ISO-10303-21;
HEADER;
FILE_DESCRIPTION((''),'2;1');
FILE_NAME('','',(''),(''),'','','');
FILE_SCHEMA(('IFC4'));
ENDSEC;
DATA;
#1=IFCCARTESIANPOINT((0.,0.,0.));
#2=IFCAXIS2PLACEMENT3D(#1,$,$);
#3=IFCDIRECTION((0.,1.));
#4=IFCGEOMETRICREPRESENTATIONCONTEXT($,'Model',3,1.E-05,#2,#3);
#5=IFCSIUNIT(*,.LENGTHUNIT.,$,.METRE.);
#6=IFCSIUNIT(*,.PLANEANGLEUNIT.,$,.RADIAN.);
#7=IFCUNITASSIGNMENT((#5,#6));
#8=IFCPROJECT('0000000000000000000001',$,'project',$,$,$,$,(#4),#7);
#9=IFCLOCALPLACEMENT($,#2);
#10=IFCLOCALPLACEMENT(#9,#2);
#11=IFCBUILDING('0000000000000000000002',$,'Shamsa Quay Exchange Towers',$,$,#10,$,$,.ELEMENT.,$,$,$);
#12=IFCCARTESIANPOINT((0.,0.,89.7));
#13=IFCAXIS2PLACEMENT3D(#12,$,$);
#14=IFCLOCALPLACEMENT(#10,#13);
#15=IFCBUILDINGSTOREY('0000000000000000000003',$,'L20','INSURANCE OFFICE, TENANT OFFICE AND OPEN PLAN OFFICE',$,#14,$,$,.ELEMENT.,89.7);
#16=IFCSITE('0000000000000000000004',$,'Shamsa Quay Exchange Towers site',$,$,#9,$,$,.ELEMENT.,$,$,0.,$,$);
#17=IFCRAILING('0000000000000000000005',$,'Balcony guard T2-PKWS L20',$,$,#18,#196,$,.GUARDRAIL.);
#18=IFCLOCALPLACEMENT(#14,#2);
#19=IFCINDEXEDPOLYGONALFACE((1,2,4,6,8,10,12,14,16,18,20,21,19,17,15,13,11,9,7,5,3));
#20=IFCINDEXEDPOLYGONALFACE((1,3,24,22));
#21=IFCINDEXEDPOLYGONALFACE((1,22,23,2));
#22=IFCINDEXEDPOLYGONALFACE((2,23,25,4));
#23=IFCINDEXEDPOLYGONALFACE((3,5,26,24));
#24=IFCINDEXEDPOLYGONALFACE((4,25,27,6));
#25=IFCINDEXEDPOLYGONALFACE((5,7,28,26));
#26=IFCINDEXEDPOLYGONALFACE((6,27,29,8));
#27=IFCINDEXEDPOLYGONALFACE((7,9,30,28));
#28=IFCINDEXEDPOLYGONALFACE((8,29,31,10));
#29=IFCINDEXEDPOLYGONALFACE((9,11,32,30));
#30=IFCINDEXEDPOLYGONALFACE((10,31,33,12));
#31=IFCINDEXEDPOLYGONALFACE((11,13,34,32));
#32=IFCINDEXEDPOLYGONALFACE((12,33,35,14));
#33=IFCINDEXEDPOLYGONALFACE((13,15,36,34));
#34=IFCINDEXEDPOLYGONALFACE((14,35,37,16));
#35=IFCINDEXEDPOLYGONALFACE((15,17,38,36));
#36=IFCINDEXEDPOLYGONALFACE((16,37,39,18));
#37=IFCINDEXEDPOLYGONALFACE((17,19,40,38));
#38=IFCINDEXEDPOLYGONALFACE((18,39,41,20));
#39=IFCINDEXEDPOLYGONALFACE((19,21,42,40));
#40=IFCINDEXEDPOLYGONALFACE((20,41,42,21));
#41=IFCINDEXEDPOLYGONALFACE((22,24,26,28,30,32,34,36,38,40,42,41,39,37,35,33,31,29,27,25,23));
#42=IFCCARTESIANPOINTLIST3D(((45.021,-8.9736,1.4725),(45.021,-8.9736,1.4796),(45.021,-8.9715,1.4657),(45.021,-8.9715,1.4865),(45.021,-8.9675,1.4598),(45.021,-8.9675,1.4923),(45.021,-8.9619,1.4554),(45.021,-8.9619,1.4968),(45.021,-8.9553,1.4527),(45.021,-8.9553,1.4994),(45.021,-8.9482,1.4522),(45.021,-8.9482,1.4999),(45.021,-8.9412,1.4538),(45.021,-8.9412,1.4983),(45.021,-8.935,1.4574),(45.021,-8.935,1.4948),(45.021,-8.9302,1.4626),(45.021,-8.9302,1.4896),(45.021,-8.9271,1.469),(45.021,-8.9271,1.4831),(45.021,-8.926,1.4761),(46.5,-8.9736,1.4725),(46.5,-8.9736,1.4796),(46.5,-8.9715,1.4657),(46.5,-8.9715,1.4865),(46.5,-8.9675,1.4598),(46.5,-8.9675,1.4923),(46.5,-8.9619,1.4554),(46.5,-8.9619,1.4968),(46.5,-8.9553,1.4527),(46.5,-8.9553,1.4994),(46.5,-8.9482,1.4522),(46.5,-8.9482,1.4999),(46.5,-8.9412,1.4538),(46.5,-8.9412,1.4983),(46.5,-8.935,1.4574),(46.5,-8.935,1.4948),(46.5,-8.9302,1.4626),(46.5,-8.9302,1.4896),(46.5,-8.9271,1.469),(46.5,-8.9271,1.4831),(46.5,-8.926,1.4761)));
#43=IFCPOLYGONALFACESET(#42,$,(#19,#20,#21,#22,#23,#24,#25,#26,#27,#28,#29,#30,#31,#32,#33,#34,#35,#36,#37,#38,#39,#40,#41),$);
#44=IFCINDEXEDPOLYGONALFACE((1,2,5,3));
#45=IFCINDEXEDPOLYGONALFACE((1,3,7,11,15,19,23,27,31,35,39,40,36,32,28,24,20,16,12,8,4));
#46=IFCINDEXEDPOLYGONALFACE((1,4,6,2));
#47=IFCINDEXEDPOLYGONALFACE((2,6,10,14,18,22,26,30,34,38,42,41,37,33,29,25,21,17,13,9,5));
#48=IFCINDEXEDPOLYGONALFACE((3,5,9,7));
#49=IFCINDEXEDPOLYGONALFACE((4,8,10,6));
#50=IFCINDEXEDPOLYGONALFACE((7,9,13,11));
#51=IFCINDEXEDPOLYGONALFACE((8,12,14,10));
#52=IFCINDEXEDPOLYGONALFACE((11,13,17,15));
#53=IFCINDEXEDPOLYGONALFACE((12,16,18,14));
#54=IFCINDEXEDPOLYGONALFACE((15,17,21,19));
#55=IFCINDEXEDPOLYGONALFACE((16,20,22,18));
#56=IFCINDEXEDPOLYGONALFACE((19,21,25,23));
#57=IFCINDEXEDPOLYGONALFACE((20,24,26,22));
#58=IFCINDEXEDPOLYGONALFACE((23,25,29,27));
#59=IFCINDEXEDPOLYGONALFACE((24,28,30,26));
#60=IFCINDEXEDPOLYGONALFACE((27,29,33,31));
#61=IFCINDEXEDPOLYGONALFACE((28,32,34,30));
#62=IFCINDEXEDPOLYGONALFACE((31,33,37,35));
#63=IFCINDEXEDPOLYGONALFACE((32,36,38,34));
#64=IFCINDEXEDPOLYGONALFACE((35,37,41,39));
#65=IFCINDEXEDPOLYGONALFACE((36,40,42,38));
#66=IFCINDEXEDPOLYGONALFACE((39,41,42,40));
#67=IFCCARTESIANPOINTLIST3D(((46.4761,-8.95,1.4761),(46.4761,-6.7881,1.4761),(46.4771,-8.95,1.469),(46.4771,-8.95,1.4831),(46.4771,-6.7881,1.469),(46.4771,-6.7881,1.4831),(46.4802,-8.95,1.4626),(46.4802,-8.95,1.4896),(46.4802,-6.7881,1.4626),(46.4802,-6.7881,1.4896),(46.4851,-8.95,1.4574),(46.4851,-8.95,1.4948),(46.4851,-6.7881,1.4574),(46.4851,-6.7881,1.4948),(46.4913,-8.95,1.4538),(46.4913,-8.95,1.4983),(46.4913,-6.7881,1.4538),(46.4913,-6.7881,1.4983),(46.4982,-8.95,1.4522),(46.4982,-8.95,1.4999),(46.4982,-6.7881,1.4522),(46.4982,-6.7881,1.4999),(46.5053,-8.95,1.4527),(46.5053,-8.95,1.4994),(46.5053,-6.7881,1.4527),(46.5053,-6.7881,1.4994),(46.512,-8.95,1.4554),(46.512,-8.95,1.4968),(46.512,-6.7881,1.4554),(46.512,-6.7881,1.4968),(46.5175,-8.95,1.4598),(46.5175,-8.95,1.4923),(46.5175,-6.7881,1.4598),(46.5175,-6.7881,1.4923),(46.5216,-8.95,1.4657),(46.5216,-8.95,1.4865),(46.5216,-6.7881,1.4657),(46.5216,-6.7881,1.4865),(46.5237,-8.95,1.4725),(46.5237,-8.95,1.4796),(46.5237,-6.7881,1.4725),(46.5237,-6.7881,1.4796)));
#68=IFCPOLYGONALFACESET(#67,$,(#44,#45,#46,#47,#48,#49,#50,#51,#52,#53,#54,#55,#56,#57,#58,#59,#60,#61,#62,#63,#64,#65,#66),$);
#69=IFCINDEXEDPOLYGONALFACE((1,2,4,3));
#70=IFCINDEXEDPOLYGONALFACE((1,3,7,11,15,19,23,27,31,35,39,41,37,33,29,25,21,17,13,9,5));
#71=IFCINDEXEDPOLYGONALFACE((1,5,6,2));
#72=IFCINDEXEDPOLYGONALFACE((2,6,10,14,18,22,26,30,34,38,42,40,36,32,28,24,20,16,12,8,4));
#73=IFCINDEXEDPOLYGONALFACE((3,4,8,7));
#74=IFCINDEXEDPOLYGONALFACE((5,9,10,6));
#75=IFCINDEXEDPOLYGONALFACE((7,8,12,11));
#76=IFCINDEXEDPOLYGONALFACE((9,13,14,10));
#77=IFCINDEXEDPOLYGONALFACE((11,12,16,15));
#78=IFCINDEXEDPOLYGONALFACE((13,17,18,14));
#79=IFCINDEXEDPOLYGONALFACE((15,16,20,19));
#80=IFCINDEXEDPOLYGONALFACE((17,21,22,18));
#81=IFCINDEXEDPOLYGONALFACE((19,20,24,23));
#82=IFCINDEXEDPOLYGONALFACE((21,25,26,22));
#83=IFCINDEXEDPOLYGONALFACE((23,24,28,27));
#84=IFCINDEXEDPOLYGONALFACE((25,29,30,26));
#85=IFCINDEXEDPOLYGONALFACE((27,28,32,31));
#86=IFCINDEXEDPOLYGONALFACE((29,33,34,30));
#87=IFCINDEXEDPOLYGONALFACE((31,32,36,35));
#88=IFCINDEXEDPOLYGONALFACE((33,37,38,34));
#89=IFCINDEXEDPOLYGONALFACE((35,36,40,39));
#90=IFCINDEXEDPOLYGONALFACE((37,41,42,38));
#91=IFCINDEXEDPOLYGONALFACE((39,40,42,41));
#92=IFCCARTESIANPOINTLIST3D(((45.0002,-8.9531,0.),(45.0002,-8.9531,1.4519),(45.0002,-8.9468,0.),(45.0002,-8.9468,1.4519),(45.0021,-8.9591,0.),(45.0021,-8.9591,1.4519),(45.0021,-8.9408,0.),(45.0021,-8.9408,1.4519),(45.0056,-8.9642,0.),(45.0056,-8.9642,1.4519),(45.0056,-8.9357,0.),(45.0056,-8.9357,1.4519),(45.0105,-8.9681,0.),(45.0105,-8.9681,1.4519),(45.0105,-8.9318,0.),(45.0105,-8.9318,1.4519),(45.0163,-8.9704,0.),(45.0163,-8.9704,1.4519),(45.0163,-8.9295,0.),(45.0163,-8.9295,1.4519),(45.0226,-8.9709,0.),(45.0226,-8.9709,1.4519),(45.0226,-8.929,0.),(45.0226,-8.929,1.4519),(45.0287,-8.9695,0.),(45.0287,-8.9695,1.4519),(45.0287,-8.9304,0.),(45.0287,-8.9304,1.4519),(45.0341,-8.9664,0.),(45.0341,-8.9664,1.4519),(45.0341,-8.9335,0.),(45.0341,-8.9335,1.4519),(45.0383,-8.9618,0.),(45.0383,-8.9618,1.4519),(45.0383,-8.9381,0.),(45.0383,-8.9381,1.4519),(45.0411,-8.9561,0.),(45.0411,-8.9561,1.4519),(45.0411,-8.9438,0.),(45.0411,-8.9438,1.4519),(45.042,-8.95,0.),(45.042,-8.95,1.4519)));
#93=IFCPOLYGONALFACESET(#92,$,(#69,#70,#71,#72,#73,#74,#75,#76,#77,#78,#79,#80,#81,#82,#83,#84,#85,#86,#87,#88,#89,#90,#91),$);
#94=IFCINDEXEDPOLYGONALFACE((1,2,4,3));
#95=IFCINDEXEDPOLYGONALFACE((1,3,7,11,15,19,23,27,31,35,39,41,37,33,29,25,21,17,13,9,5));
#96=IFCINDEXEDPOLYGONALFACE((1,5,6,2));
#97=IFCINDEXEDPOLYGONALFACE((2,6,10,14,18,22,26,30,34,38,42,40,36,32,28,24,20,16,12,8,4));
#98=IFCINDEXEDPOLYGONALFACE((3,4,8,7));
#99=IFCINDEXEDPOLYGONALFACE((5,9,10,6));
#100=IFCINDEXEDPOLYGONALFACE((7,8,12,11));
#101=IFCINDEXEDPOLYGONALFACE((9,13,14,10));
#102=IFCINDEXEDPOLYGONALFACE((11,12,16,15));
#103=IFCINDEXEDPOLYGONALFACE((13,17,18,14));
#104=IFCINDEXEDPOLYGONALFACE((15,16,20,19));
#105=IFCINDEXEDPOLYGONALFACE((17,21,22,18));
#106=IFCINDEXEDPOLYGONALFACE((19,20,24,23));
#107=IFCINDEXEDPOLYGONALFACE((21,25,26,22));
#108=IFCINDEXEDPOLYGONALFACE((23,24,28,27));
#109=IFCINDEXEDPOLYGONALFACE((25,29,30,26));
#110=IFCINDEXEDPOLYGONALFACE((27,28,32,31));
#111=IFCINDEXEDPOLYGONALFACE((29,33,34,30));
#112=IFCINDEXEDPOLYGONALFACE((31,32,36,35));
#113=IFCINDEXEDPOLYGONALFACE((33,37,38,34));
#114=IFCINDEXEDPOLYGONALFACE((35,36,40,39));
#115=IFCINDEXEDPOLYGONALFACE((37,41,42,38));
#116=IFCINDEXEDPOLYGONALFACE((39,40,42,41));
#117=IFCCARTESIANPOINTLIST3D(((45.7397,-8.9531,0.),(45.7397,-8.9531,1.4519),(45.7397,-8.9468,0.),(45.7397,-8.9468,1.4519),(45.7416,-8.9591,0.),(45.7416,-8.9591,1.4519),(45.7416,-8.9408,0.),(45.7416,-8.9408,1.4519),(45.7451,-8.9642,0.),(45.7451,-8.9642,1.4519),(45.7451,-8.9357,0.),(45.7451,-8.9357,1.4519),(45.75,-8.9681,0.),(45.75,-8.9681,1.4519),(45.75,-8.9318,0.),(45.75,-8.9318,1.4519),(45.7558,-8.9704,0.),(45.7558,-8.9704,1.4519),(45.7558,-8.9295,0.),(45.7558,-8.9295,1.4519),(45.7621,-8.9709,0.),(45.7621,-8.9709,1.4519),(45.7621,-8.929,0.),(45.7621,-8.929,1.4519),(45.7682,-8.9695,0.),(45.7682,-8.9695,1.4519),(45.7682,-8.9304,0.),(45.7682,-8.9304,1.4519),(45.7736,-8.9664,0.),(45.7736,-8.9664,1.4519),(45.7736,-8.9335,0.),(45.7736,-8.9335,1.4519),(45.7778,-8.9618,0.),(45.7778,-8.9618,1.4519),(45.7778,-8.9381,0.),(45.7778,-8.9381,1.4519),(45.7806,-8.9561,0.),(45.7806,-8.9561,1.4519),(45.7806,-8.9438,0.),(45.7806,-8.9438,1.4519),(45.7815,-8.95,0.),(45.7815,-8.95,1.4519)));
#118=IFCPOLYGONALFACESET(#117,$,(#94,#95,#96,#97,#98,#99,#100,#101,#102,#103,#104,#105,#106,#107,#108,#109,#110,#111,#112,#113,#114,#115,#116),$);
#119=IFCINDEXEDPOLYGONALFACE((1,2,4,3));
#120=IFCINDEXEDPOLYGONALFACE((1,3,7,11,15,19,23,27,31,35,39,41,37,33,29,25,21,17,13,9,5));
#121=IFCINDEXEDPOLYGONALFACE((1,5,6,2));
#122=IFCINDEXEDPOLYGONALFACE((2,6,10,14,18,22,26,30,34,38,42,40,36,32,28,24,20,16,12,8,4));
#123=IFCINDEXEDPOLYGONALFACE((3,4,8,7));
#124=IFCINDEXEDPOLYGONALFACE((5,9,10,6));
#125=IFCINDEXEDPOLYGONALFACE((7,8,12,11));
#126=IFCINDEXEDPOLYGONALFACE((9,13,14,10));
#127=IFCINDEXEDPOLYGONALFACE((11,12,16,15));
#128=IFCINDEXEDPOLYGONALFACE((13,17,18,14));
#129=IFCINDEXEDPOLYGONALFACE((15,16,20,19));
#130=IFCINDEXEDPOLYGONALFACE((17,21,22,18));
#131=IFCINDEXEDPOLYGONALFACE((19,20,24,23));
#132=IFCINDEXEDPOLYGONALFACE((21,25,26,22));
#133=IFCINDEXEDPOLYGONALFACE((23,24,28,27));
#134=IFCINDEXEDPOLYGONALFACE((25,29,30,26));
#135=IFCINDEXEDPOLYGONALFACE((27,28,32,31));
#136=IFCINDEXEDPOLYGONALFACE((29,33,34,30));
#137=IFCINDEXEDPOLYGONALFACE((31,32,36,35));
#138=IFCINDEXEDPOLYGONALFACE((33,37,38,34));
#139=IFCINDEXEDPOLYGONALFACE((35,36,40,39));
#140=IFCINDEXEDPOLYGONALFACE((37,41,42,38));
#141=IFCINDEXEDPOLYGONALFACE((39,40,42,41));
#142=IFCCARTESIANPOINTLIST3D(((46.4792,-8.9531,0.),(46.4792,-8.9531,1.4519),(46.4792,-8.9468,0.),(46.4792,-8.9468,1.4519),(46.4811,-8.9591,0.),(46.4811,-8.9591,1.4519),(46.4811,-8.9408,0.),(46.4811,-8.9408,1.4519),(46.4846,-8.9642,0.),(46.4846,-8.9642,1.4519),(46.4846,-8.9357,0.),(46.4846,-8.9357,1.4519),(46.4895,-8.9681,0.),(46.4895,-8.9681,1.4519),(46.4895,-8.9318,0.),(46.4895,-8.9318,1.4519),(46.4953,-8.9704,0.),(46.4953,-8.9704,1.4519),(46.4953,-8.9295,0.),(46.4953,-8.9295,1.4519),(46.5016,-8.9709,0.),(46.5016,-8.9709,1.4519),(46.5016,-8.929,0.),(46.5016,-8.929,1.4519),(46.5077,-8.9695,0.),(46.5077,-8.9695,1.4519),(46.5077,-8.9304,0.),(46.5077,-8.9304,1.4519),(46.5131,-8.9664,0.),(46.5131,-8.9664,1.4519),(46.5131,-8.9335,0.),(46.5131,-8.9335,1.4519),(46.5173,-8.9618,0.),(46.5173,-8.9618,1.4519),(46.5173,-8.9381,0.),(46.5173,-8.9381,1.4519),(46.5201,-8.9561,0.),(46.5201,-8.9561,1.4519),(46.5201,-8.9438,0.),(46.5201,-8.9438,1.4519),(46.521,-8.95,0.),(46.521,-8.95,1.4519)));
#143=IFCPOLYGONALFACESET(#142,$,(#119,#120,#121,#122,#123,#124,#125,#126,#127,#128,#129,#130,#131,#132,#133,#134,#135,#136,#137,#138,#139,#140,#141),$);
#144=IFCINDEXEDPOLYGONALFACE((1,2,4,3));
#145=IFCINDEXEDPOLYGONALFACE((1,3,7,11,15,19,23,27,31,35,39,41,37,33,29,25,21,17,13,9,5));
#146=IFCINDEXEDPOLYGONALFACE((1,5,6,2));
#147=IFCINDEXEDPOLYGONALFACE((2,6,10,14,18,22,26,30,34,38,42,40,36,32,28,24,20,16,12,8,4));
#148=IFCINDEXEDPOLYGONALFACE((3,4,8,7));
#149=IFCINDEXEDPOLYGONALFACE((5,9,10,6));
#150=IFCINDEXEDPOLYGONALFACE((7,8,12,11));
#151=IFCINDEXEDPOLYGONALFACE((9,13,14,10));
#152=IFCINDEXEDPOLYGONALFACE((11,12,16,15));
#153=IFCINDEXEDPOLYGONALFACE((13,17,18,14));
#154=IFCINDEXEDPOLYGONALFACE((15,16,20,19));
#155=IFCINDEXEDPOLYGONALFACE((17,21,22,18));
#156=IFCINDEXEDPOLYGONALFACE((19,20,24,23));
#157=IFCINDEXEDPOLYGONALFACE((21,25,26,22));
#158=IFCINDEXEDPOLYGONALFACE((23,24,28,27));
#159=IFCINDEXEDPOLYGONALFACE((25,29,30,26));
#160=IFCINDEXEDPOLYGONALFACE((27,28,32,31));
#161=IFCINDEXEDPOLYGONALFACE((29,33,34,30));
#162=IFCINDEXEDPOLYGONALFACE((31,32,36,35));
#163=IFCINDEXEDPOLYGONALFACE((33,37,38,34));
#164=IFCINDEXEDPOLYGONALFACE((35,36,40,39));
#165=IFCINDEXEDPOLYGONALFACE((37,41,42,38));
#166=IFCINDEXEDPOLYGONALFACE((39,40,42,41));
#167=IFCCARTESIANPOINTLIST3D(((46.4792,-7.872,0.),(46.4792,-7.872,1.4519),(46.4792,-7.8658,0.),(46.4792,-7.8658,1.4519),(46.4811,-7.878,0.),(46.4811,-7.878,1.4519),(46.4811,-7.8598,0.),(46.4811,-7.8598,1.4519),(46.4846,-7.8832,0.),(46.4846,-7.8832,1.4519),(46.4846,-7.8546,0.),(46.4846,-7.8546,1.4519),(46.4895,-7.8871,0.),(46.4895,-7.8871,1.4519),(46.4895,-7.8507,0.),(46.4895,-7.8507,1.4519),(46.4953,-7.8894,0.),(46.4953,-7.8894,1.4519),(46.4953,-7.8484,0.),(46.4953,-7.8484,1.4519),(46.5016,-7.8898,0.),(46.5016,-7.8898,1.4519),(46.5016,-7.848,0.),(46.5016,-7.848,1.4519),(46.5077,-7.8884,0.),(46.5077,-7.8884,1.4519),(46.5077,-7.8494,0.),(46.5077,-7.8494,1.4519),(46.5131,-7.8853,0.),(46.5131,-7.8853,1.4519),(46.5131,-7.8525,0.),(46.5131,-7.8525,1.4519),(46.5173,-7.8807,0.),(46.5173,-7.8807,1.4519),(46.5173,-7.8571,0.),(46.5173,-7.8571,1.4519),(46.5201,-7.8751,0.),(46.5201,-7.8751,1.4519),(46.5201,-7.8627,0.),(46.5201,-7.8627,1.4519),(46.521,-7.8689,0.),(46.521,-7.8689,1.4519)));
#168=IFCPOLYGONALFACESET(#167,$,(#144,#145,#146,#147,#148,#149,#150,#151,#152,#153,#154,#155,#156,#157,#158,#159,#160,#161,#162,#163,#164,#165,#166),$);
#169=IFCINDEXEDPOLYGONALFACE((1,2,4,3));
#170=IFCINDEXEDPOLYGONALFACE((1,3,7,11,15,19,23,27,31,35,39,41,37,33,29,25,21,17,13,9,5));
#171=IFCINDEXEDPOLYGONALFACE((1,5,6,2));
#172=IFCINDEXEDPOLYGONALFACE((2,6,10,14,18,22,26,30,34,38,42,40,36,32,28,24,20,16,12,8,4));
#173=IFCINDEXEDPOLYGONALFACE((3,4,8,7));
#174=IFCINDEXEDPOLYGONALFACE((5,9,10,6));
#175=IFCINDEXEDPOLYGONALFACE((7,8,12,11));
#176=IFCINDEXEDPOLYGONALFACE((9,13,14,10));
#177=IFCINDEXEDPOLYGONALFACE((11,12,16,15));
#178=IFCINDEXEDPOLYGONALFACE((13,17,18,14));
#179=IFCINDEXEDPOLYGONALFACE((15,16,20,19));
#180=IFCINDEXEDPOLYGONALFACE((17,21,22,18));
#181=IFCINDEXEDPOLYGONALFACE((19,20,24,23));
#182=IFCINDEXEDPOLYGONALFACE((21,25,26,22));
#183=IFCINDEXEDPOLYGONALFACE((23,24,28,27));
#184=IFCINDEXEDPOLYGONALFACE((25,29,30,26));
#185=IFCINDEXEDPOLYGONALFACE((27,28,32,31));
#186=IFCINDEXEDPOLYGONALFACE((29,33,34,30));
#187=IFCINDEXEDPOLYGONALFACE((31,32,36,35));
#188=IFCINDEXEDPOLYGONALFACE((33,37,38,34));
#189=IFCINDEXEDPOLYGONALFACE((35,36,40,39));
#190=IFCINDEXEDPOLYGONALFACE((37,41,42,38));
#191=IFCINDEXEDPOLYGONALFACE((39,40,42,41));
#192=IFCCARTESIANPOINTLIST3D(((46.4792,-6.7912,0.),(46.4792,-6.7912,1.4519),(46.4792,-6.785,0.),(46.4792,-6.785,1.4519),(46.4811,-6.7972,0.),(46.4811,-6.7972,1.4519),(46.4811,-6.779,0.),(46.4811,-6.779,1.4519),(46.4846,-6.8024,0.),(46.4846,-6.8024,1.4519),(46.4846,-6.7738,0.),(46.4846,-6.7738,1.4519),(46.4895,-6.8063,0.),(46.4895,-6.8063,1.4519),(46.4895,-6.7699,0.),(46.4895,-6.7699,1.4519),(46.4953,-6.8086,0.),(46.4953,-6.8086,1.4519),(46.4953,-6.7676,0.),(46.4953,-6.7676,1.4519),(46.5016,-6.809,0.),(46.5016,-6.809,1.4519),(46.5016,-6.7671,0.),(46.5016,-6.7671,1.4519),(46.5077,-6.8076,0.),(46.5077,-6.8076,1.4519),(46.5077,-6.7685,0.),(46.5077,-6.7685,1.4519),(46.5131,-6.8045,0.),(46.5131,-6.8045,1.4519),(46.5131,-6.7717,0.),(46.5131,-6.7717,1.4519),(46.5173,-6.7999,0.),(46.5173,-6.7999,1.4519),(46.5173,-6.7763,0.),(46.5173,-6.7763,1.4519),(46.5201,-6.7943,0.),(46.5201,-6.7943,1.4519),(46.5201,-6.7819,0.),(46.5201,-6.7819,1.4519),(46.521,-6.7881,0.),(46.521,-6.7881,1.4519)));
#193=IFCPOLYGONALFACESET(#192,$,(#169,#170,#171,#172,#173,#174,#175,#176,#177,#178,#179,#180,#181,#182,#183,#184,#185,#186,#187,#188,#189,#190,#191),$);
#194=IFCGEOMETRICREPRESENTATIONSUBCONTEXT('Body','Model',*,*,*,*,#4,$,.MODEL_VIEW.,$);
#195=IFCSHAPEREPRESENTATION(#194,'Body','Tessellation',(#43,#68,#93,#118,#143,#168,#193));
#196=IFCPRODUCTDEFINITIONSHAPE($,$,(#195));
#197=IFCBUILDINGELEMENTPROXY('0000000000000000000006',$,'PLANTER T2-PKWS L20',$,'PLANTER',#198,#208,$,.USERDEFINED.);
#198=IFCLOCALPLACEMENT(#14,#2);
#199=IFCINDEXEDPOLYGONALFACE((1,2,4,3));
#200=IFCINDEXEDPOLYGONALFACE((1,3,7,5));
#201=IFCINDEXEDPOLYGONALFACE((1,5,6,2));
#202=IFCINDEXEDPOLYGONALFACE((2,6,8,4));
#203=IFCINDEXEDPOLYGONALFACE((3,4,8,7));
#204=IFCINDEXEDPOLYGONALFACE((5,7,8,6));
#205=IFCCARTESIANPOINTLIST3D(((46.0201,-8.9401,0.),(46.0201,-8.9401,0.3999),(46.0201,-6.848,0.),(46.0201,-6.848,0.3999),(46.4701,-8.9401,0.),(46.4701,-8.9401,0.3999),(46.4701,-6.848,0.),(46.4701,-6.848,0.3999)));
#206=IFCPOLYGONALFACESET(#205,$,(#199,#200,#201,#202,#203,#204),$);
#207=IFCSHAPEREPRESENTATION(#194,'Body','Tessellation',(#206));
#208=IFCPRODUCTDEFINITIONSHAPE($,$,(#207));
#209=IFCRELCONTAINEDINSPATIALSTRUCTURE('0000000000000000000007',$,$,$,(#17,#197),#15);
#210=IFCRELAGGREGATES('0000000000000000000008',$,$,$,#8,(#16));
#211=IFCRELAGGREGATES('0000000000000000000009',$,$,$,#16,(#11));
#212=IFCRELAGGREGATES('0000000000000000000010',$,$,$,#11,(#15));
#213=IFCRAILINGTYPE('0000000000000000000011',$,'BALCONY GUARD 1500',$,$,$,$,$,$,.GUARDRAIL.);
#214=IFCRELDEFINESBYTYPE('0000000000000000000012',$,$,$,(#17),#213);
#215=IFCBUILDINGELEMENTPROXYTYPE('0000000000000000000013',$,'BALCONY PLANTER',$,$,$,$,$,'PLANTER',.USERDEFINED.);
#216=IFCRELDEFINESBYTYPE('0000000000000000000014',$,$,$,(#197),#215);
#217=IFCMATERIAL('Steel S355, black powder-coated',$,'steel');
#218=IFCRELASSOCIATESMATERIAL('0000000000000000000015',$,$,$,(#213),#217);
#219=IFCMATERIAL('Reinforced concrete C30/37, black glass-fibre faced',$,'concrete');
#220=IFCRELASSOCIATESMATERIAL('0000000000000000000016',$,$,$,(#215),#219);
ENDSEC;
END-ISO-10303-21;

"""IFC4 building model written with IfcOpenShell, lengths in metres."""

from ifc_helpers import new_model, si_unit, direction, frame, origin, origin_2d, place, context, subcontext, project, spatial, rectangle, circle, extrude, material, type_object, element, save


model = new_model("IFC4")

# Units and contexts
model_context = context("Model", 3, precision=1e-05, world=origin(), true_north=direction((0.0, 1.0)))
body_context = subcontext(model_context, "Body", "Model", "MODEL_VIEW")
ifc_project = project(units=[si_unit("LENGTHUNIT", "METRE"), si_unit("PLANEANGLEUNIT", "RADIAN")], contexts=[model_context])

# Site, building, storey
site_placement = place(None, origin())
site = spatial("IfcSite", under=ifc_project, at=site_placement, Name="Shamsa Quay Exchange Towers site", CompositionType="ELEMENT", RefElevation=0.0)
building_placement = place(site_placement, origin())
building = spatial("IfcBuilding", under=site, at=building_placement, Name="Shamsa Quay Exchange Towers", CompositionType="ELEMENT")
storey_placement = place(building_placement, frame((0.0, 0.0, 89.7)))
storey = spatial("IfcBuildingStorey", under=building, at=storey_placement, Name="L20", Description="INSURANCE OFFICE, TENANT OFFICE AND OPEN PLAN OFFICE", CompositionType="ELEMENT", Elevation=89.7)

# Railing
ifc_material_1 = material(Name="Steel S355, black powder-coated", Category="steel")
railing_type_1 = type_object("IfcRailingType", Name="BALCONY GUARD 1500", PredefinedType="GUARDRAIL", material=ifc_material_1)
railing_1_placement = place(storey_placement, frame((45.021, -8.95, 0.0)))
element("IfcRailing", 1, at=railing_1_placement, inside=storey, type_object=railing_type_1, Name="Balcony guard T2-PKWS L20", PredefinedType="GUARDRAIL", context=body_context, shape_type="SweptSolid", body=[
    extrude(circle(Radius=0.0239, at=origin_2d()), frame((0.0, 0.0, 1.4761), z_axis=(1.0, 0.0, 0.0), x_axis=(0.0, 1.0, 0.0)), (0.0, 0.0, 1.0), 1.479),
    extrude(circle(Radius=0.0239, at=origin_2d()), frame((1.479, 0.0, 1.4761), z_axis=(0.0, 1.0, 0.0), x_axis=(-1.0, 0.0, 0.0)), (0.0, 0.0, 1.0), 2.1619),
    extrude(circle(Radius=0.021, at=origin_2d()), origin(), (0.0, 0.0, 1.0), 1.4519),
    extrude(circle(Radius=0.021, at=origin_2d()), frame((0.7395, 0.0, 0.0)), (0.0, 0.0, 1.0), 1.4519),
    extrude(circle(Radius=0.021, at=origin_2d()), frame((1.479, 0.0, 0.0)), (0.0, 0.0, 1.0), 1.4519),
    extrude(circle(Radius=0.021, at=origin_2d()), frame((1.479, 1.0811, 0.0)), (0.0, 0.0, 1.0), 1.4519),
    extrude(circle(Radius=0.021, at=origin_2d()), frame((1.479, 2.1619, 0.0)), (0.0, 0.0, 1.0), 1.4519),
])

# Building element proxy
ifc_material_2 = material(Name="Reinforced concrete C30/37, black glass-fibre faced", Category="concrete")
building_element_proxy_type = type_object("IfcBuildingElementProxyType", Name="BALCONY PLANTER", ElementType="PLANTER", PredefinedType="USERDEFINED", material=ifc_material_2)
proxy_placement = place(storey_placement, frame((46.2451, -7.894, 0.0), z_axis=(0.0, 0.0, 1.0), x_axis=(0.0, 1.0, 0.0)))
element("IfcBuildingElementProxy", 2, at=proxy_placement, inside=storey, type_object=building_element_proxy_type, Name="PLANTER T2-PKWS L20", ObjectType="PLANTER", PredefinedType="USERDEFINED", context=body_context, shape_type="SweptSolid", body=[
    extrude(rectangle(XDim=2.092, YDim=0.45, at=origin_2d()), origin(), (0.0, 0.0, 1.0), 0.3999),
])

save(model, "model.ifc")
